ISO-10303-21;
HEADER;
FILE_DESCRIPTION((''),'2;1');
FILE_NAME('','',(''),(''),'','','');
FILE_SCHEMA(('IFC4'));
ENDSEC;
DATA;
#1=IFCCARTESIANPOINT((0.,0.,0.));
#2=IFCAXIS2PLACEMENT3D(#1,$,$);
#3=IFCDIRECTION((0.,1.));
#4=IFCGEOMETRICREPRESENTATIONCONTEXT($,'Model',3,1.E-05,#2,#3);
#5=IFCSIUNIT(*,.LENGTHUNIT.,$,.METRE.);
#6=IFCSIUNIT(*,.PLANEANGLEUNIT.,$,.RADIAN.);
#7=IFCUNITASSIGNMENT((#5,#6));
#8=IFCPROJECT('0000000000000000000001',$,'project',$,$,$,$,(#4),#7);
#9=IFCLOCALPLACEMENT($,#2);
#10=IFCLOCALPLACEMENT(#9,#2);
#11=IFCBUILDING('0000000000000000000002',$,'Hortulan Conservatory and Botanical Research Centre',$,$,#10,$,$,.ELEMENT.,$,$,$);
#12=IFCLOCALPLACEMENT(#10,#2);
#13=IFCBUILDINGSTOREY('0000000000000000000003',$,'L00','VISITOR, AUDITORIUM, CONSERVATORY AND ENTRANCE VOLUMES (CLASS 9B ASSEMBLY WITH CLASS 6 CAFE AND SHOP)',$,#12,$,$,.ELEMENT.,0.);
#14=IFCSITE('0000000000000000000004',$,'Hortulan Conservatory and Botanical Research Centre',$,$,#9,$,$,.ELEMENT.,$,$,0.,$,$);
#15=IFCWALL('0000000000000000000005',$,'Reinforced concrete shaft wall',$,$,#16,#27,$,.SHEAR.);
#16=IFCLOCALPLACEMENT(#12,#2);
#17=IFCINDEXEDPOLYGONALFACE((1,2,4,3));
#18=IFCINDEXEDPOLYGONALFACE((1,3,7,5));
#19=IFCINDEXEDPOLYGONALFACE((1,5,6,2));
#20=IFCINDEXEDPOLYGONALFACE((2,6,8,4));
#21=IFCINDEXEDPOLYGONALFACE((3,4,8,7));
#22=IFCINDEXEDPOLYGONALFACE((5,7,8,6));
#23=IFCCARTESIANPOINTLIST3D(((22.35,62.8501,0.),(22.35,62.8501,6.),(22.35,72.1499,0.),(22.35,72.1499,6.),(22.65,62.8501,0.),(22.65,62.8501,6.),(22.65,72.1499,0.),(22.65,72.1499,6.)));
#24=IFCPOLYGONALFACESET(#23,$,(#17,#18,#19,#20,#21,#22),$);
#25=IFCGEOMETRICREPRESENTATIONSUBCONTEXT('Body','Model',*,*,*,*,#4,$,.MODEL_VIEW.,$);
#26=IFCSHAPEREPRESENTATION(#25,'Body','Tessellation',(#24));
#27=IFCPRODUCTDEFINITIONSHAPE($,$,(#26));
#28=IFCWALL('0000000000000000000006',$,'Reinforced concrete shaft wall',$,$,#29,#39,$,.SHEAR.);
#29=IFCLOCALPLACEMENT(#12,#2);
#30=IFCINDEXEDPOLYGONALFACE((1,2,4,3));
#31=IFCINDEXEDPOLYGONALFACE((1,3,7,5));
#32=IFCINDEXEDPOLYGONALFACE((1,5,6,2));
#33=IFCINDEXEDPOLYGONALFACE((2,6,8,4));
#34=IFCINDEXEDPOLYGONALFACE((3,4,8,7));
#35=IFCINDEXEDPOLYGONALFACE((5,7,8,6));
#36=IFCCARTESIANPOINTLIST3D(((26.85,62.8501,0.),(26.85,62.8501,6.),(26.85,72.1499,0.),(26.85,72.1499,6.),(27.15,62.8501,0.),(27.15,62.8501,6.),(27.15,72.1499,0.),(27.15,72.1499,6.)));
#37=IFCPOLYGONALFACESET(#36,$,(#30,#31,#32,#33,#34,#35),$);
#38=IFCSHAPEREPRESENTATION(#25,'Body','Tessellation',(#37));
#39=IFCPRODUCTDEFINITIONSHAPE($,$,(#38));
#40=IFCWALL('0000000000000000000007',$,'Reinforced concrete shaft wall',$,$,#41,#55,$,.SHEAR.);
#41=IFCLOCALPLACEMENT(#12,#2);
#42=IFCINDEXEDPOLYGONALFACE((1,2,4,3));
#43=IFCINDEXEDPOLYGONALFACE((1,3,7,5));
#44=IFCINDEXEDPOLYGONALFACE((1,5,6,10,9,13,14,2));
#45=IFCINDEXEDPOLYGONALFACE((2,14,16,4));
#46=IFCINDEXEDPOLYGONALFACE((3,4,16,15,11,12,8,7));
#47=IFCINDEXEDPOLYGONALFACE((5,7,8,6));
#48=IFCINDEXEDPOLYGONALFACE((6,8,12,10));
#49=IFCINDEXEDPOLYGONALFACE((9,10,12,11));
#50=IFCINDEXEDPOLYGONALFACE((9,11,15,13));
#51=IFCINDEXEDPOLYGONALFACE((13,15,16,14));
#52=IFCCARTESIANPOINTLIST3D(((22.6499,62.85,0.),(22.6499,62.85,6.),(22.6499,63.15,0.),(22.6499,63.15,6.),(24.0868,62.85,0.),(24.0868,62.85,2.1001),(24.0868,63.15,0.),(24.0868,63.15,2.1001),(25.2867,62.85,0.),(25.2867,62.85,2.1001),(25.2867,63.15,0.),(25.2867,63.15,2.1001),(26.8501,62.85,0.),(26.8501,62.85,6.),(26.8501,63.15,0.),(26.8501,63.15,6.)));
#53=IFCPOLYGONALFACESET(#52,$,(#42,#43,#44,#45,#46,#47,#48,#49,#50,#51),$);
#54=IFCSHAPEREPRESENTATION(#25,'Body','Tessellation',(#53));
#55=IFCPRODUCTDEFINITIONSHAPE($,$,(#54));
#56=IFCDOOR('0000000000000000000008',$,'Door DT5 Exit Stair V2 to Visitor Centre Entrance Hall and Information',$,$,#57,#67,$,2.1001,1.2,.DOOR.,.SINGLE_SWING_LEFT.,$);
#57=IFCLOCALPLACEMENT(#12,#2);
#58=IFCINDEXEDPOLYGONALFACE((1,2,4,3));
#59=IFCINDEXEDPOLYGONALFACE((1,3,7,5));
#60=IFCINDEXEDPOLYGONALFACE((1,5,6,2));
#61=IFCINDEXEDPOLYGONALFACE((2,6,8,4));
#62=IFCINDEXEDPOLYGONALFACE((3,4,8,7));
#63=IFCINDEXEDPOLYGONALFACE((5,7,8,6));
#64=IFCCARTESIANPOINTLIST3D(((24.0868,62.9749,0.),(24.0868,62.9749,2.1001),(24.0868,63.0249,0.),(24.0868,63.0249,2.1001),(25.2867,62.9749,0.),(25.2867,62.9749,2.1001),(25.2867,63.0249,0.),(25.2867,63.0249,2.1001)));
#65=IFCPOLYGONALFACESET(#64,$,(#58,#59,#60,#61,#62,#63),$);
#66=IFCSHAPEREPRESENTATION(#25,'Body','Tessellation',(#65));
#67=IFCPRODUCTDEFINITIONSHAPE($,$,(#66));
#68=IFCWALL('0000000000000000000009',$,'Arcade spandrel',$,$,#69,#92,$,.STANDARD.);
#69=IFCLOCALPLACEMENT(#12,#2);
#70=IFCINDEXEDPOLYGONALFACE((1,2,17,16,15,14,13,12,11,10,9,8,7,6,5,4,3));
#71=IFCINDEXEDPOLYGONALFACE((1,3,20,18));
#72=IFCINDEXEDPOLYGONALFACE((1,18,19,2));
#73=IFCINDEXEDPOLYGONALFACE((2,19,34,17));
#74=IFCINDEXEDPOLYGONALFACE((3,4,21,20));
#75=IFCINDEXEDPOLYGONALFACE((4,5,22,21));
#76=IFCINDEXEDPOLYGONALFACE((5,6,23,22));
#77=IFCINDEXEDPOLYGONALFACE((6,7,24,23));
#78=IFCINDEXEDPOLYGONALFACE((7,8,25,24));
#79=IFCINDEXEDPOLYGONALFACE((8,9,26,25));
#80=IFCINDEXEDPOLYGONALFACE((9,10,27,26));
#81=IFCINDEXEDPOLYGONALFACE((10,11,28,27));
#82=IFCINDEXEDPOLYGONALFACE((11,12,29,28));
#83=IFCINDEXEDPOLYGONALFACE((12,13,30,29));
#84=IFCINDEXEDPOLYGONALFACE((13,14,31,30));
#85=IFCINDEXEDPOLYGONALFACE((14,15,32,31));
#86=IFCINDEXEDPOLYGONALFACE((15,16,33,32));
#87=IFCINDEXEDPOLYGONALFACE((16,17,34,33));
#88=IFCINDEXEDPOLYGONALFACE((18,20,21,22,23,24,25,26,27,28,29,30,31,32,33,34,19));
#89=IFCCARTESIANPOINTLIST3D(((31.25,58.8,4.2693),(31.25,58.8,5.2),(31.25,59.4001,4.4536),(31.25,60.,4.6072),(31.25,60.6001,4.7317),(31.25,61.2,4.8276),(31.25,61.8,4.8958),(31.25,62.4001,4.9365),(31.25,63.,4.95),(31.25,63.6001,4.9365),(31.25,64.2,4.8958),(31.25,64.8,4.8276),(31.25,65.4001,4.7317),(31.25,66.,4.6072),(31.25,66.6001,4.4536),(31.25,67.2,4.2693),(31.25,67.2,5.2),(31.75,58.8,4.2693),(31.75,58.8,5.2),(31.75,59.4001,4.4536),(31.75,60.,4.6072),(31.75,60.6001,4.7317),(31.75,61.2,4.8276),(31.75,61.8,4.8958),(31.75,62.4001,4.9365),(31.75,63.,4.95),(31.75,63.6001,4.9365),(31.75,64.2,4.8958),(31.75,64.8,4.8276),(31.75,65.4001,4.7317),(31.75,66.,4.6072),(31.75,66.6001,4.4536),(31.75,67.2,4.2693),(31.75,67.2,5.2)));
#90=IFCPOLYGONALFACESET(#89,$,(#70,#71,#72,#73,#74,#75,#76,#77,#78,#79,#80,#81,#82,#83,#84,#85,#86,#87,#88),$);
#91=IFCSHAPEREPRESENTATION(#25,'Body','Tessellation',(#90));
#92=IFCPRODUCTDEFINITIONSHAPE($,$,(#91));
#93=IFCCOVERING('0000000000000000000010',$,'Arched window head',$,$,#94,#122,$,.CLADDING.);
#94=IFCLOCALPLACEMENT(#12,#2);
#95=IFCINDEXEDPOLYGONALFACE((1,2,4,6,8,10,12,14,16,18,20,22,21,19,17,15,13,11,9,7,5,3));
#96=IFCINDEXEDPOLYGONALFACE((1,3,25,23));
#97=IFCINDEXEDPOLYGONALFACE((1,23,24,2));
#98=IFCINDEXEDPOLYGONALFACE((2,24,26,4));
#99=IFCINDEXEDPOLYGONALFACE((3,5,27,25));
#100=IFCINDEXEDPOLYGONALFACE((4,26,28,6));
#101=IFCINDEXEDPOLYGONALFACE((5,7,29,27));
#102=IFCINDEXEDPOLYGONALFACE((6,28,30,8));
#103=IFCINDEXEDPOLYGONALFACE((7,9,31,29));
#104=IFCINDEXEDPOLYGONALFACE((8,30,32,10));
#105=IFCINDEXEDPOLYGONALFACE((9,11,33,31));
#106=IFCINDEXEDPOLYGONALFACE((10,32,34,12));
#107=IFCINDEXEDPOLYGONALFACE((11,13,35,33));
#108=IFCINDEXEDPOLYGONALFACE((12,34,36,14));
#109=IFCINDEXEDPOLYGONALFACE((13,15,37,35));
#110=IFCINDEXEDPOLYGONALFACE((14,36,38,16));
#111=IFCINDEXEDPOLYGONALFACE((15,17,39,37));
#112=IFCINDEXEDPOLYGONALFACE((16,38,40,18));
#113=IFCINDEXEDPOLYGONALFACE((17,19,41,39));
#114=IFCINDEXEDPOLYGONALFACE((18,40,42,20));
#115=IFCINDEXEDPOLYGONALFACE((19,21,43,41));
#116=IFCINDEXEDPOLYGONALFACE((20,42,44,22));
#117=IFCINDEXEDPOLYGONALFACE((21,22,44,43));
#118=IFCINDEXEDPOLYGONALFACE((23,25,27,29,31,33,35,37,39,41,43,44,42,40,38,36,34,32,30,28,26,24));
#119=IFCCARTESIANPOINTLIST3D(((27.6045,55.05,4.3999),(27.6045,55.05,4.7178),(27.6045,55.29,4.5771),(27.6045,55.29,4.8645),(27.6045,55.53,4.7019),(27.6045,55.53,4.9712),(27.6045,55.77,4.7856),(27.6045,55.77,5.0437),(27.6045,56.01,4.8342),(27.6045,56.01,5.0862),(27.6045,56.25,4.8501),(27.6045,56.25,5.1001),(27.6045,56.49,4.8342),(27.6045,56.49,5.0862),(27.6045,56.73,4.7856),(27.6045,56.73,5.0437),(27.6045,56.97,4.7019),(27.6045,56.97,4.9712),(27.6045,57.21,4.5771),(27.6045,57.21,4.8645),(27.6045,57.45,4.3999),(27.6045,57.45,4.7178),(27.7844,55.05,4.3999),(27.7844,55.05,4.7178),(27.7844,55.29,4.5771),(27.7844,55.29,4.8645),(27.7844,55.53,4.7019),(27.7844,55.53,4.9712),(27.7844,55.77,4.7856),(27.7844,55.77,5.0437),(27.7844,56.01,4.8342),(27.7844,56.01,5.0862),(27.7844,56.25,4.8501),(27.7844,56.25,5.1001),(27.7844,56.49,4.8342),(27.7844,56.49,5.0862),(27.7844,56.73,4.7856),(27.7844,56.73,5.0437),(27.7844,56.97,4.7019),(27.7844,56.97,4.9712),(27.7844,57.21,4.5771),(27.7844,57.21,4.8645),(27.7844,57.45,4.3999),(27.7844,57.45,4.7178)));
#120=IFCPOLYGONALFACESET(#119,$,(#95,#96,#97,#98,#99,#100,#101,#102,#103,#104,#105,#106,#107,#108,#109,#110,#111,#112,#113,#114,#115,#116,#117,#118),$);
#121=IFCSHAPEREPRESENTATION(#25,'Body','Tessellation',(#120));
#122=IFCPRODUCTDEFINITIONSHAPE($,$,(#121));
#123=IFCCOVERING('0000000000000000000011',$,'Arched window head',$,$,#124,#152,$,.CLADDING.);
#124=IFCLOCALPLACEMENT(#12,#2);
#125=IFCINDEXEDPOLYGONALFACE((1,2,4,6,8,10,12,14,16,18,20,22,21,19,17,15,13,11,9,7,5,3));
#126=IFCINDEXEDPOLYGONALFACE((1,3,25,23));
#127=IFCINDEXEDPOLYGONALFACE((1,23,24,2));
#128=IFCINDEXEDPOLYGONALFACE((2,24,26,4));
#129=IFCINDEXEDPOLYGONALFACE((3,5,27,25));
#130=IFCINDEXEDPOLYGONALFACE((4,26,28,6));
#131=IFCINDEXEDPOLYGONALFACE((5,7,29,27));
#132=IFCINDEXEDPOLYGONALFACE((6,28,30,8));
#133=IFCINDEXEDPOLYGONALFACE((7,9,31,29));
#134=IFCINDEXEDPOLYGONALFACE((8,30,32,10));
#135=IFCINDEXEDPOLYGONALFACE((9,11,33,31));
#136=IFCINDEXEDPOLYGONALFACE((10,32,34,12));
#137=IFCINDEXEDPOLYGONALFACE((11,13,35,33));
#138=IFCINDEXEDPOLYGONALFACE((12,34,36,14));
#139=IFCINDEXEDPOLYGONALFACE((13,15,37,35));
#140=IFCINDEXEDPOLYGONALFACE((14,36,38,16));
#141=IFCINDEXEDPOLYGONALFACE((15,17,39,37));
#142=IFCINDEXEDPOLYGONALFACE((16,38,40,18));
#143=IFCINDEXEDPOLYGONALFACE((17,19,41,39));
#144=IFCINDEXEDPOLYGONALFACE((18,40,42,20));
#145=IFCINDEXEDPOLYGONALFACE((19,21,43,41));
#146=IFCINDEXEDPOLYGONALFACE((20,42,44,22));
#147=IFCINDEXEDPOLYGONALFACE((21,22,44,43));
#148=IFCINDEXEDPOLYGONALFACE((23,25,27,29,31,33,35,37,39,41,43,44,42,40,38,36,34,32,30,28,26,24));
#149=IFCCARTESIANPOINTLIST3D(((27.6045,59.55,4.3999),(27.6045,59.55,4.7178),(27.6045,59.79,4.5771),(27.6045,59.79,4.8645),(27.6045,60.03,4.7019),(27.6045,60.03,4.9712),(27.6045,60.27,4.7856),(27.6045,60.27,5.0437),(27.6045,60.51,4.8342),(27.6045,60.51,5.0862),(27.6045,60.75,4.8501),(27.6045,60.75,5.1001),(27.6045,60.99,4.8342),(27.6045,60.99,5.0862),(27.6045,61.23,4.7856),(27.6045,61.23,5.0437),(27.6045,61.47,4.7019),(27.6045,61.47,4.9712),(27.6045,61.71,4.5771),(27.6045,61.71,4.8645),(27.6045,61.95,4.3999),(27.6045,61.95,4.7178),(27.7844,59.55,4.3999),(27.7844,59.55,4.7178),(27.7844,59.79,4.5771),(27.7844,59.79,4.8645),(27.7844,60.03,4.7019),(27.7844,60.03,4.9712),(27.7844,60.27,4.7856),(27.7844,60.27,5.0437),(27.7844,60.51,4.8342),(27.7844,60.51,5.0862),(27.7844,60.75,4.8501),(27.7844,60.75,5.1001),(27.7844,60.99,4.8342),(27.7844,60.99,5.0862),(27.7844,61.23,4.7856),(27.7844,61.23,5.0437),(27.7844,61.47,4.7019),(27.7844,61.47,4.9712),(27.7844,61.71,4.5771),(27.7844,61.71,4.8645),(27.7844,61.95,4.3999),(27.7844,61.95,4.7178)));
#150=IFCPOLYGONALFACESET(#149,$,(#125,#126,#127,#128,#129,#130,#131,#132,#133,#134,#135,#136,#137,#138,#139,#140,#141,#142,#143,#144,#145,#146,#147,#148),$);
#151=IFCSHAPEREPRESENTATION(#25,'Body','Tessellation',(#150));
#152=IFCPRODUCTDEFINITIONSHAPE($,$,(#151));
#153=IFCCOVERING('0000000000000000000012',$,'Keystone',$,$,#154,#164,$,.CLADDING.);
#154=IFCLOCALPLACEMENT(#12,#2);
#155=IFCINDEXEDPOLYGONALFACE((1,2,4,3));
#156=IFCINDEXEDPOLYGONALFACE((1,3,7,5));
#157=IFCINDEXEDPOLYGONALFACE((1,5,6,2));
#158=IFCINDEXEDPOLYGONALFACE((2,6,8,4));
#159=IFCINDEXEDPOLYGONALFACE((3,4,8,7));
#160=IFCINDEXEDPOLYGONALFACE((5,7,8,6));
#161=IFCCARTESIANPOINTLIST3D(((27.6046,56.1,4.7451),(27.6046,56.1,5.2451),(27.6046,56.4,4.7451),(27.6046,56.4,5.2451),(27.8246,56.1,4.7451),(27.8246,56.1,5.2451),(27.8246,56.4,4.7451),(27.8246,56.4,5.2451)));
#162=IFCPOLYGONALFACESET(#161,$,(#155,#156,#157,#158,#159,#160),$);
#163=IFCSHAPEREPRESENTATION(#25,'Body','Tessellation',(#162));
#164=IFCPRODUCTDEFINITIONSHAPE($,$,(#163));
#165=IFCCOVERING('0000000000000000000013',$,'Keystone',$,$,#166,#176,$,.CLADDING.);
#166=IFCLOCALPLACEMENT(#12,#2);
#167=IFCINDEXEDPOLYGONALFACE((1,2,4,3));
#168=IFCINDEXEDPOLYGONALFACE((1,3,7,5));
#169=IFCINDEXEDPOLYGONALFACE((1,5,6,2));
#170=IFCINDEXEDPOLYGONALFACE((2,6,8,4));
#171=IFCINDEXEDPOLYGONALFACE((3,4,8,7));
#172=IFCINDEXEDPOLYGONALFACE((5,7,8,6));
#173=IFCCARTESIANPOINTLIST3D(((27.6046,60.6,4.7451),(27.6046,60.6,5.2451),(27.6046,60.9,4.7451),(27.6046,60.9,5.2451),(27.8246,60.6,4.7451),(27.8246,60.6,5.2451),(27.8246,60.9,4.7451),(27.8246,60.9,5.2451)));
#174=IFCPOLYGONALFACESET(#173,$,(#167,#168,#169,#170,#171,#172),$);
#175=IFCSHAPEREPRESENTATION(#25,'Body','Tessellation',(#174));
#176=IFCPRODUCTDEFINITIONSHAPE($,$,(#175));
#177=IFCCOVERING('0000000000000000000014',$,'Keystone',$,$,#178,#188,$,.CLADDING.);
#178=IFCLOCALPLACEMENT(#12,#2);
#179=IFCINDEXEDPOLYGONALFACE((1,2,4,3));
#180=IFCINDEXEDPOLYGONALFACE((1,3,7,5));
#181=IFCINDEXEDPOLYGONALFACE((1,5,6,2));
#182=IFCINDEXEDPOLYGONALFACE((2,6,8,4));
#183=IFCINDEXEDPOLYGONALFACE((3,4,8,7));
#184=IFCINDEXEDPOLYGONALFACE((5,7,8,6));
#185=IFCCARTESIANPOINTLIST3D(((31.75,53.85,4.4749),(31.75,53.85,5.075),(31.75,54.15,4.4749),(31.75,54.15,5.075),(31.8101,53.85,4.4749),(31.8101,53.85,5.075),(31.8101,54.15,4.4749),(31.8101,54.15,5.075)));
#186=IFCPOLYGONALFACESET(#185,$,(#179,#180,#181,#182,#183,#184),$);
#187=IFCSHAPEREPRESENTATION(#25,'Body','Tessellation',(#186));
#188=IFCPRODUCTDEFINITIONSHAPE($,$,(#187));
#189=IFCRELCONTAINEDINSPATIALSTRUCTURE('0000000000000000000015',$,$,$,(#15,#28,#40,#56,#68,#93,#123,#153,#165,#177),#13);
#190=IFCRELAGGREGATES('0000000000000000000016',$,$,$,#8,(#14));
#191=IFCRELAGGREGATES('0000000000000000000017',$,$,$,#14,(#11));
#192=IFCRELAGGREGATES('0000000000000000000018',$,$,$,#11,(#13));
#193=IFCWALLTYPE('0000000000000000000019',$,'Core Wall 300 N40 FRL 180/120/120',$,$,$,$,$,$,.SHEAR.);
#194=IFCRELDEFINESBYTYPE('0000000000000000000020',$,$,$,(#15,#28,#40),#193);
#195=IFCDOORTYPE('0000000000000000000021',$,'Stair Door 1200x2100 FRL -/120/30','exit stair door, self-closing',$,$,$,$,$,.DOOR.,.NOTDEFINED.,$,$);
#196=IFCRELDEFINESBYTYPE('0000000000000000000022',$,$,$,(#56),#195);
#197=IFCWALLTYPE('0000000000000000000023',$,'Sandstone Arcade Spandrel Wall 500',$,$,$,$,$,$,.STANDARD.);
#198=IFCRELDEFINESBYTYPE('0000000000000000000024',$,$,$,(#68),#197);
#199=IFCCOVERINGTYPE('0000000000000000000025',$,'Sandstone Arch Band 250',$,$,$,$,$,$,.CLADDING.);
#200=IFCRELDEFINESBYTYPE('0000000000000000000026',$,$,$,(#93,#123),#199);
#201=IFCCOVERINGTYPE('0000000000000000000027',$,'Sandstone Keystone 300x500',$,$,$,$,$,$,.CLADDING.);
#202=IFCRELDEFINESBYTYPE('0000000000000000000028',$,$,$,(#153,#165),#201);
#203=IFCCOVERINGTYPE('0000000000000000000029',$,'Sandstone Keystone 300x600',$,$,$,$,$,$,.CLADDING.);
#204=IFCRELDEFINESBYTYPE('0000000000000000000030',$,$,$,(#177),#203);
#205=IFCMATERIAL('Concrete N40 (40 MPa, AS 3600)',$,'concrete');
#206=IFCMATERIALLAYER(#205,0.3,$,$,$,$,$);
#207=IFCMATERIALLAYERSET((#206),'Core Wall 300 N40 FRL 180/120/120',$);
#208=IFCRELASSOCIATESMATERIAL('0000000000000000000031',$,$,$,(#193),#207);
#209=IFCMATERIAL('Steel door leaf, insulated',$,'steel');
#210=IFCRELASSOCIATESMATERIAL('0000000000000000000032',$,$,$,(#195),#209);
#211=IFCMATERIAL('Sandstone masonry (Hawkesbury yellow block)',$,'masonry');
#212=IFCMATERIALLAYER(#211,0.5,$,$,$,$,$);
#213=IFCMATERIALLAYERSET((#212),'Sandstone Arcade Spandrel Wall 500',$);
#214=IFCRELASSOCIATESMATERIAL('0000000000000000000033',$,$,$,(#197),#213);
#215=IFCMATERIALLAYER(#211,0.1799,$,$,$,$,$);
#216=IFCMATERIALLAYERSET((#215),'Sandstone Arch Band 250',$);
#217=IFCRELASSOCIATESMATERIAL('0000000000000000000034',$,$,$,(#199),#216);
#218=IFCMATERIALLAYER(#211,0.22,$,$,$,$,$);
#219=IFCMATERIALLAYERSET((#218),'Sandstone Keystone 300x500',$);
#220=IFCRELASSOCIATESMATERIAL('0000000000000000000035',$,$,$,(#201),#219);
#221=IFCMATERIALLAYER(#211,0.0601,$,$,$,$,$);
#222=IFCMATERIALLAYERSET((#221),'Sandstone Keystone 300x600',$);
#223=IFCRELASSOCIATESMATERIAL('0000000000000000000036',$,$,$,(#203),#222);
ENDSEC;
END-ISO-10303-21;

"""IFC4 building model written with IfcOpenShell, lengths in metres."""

from ifc_helpers import new_model, si_unit, direction, frame, frame_2d, origin, origin_2d, place, context, subcontext, project, spatial, polyline, rectangle, outline, extrude, material, layer, layer_set, type_object, element, fill, save


model = new_model("IFC4")

# Units and contexts
model_context = context("Model", 3, precision=1e-05, world=origin(), true_north=direction((0.0, 1.0)))
body_context = subcontext(model_context, "Body", "Model", "MODEL_VIEW")
ifc_project = project(units=[si_unit("LENGTHUNIT", "METRE"), si_unit("PLANEANGLEUNIT", "RADIAN")], contexts=[model_context])

# Site, building, storey
site_placement = place(None, origin())
site = spatial("IfcSite", under=ifc_project, at=site_placement, Name="Hortulan Conservatory and Botanical Research Centre", CompositionType="ELEMENT", RefElevation=0.0)
building_placement = place(site_placement, origin())
building = spatial("IfcBuilding", under=site, at=building_placement, Name="Hortulan Conservatory and Botanical Research Centre", CompositionType="ELEMENT")
storey_placement = place(building_placement, origin())
storey = spatial("IfcBuildingStorey", under=building, at=storey_placement, Name="L00", Description="VISITOR, AUDITORIUM, CONSERVATORY AND ENTRANCE VOLUMES (CLASS 9B ASSEMBLY WITH CLASS 6 CAFE AND SHOP)", CompositionType="ELEMENT", Elevation=0.0)

# Shared definitions
ifc_material_1 = material(Name="Concrete N40 (40 MPa, AS 3600)", Category="concrete")

# Shared definitions
ifc_material_2 = material(Name="Sandstone masonry (Hawkesbury yellow block)", Category="masonry")

# Walls
ifc_layer_1 = layer(ifc_material_1, 0.3)
ifc_layer_set_1 = layer_set([ifc_layer_1], Name="Core Wall 300 N40 FRL 180/120/120")
wall_type_1 = type_object("IfcWallType", Name="Core Wall 300 N40 FRL 180/120/120", PredefinedType="SHEAR", material=ifc_layer_set_1)
for number, where, z_axis, x_axis, name in (
    (1, (22.5, 62.8501, 0.0), (0.0, 0.0, 1.0), (0.0, 1.0, 0.0), "Reinforced concrete shaft wall"),
    (2, (27.0, 62.8501, 0.0), (0.0, 0.0, 1.0), (0.0, 1.0, 0.0), "Reinforced concrete shaft wall"),
):
    element("IfcWall", number, at=place(storey_placement, frame(where, z_axis=z_axis, x_axis=x_axis)), inside=storey, type_object=wall_type_1, Name=name, PredefinedType="SHEAR", context=body_context, shape_type="SweptSolid", body=[
        extrude(rectangle(XDim=9.2998, YDim=0.3, at=frame_2d((4.6499, 0.0))), origin(), (0.0, 0.0, 1.0), 6.0),
    ])

# Wall, opening, door
wall_1_placement = place(storey_placement, frame((22.6499, 63.0, 0.0), z_axis=(0.0, 0.0, 1.0), x_axis=(1.0, 0.0, 0.0)))
wall_1 = element("IfcWall", 3, at=wall_1_placement, inside=storey, type_object=wall_type_1, Name="Reinforced concrete shaft wall", PredefinedType="SHEAR", context=body_context, shape_type="SweptSolid", body=[
    extrude(rectangle(XDim=4.2002, YDim=0.3, at=frame_2d((2.1001, 0.0))), origin(), (0.0, 0.0, 1.0), 6.0),
])
opening_placement = place(wall_1_placement, frame((1.4368, 0.0, 0.0)))
opening = element("IfcOpeningElement", 4, at=opening_placement, cuts=wall_1, PredefinedType="OPENING", context=body_context, shape_type="SweptSolid", body=[
    extrude(rectangle(XDim=1.2, YDim=2.1001, at=frame_2d((0.6001, 1.05))), frame((0.0, 0.1599, 0.0), z_axis=(0.0, -1.0, 0.0), x_axis=(1.0, 0.0, 0.0)), (0.0, 0.0, 1.0), 0.3201),
])
ifc_material_3 = material(Name="Steel door leaf, insulated", Category="steel")
door_type = type_object("IfcDoorType", Name="Stair Door 1200x2100 FRL -/120/30", Description="exit stair door, self-closing", OperationType="NOTDEFINED", PredefinedType="DOOR", material=ifc_material_3)
door_placement = place(opening_placement, origin())
door = element("IfcDoor", 5, at=door_placement, inside=storey, type_object=door_type, Name="Door DT5 Exit Stair V2 to Visitor Centre Entrance Hall and Information", OperationType="SINGLE_SWING_LEFT", OverallHeight=2.1001, OverallWidth=1.2, PredefinedType="DOOR", context=body_context, shape_type="SweptSolid", body=[
    extrude(rectangle(XDim=1.2, YDim=2.1001, at=frame_2d((0.6001, 1.05))), frame((0.0, 0.0249, 0.0), z_axis=(0.0, -1.0, 0.0), x_axis=(1.0, 0.0, 0.0)), (0.0, 0.0, 1.0), 0.05),
])
fill(opening, door)

# Wall
ifc_layer_2 = layer(ifc_material_2, 0.5)
ifc_layer_set_2 = layer_set([ifc_layer_2], Name="Sandstone Arcade Spandrel Wall 500")
wall_type_2 = type_object("IfcWallType", Name="Sandstone Arcade Spandrel Wall 500", PredefinedType="STANDARD", material=ifc_layer_set_2)
wall_2_placement = place(storey_placement, frame((31.5, 58.8, 4.2693), z_axis=(0.0, 0.0, 1.0), x_axis=(0.0, 1.0, 0.0)))
element("IfcWall", 6, at=wall_2_placement, inside=storey, type_object=wall_type_2, Name="Arcade spandrel", PredefinedType="STANDARD", context=body_context, shape_type="SweptSolid", body=[
    extrude(outline(polyline([(0.0, 0.0), (0.6001, 0.1843), (1.2, 0.3379), (1.8, 0.4624), (2.3999, 0.5583), (3.0, 0.6265), (3.6001, 0.6672), (4.2, 0.6807), (4.8, 0.6672), (5.3999, 0.6265), (6.0, 0.5583), (6.6001, 0.4624), (7.2, 0.3379), (7.8, 0.1843), (8.3999, 0.0), (8.3999, 0.9307), (0.0, 0.9307), (0.0, 0.0)])), frame((0.0, 0.25, 0.0), z_axis=(0.0, -1.0, 0.0), x_axis=(1.0, 0.0, 0.0)), (0.0, 0.0, 1.0), 0.5),
])

# Coverings
ifc_layer_3 = layer(ifc_material_2, 0.1799)
ifc_layer_set_3 = layer_set([ifc_layer_3], Name="Sandstone Arch Band 250")
covering_type_1 = type_object("IfcCoveringType", Name="Sandstone Arch Band 250", PredefinedType="CLADDING", material=ifc_layer_set_3)
for number, where, z_axis, x_axis, name in (
    (7, (27.6946, 57.45, 4.3999), (0.0, 0.0, 1.0), (0.0, -1.0, 0.0), "Arched window head"),
    (8, (27.6946, 61.95, 4.3999), (0.0, 0.0, 1.0), (0.0, -1.0, 0.0), "Arched window head"),
):
    element("IfcCovering", number, at=place(storey_placement, frame(where, z_axis=z_axis, x_axis=x_axis)), inside=storey, type_object=covering_type_1, Name=name, PredefinedType="CLADDING", context=body_context, shape_type="SweptSolid", body=[
        extrude(outline(polyline([(0.0, 0.0), (0.24, 0.1772), (0.48, 0.302), (0.72, 0.3857), (0.96, 0.4343), (1.2, 0.4502), (1.4399, 0.4343), (1.6799, 0.3857), (1.9199, 0.302), (2.1599, 0.1772), (2.3999, 0.0), (2.3999, 0.3179), (2.1599, 0.4646), (1.9199, 0.5713), (1.6799, 0.6438), (1.4399, 0.6863), (1.2, 0.7002), (0.96, 0.6863), (0.72, 0.6438), (0.48, 0.5713), (0.24, 0.4646), (0.0, 0.3179), (0.0, 0.0)])), frame((0.0, 0.0898, 0.0), z_axis=(0.0, -1.0, 0.0), x_axis=(1.0, 0.0, 0.0)), (0.0, 0.0, 1.0), 0.1799),
    ])
ifc_layer_4 = layer(ifc_material_2, 0.22)
ifc_layer_set_4 = layer_set([ifc_layer_4], Name="Sandstone Keystone 300x500")
covering_type_2 = type_object("IfcCoveringType", Name="Sandstone Keystone 300x500", PredefinedType="CLADDING", material=ifc_layer_set_4)
for number, where, z_axis, x_axis, name in (
    (9, (27.7146, 56.25, 4.7451), (0.0, 0.0, 1.0), (0.0, -1.0, 0.0), "Keystone"),
    (10, (27.7146, 60.75, 4.7451), (0.0, 0.0, 1.0), (0.0, -1.0, 0.0), "Keystone"),
):
    element("IfcCovering", number, at=place(storey_placement, frame(where, z_axis=z_axis, x_axis=x_axis)), inside=storey, type_object=covering_type_2, Name=name, PredefinedType="CLADDING", context=body_context, shape_type="SweptSolid", body=[
        extrude(rectangle(XDim=0.3, YDim=0.22, at=origin_2d()), origin(), (0.0, 0.0, 1.0), 0.5),
    ])
ifc_layer_5 = layer(ifc_material_2, 0.0601)
ifc_layer_set_5 = layer_set([ifc_layer_5], Name="Sandstone Keystone 300x600")
covering_type_3 = type_object("IfcCoveringType", Name="Sandstone Keystone 300x600", PredefinedType="CLADDING", material=ifc_layer_set_5)
covering_1_placement = place(storey_placement, frame((31.78, 54.0, 4.4749), z_axis=(0.0, 0.0, 1.0), x_axis=(0.0, 1.0, 0.0)))
element("IfcCovering", 11, at=covering_1_placement, inside=storey, type_object=covering_type_3, Name="Keystone", PredefinedType="CLADDING", context=body_context, shape_type="SweptSolid", body=[
    extrude(rectangle(XDim=0.3, YDim=0.0601, at=origin_2d()), origin(), (0.0, 0.0, 1.0), 0.6001),
])

save(model, "model.ifc")
